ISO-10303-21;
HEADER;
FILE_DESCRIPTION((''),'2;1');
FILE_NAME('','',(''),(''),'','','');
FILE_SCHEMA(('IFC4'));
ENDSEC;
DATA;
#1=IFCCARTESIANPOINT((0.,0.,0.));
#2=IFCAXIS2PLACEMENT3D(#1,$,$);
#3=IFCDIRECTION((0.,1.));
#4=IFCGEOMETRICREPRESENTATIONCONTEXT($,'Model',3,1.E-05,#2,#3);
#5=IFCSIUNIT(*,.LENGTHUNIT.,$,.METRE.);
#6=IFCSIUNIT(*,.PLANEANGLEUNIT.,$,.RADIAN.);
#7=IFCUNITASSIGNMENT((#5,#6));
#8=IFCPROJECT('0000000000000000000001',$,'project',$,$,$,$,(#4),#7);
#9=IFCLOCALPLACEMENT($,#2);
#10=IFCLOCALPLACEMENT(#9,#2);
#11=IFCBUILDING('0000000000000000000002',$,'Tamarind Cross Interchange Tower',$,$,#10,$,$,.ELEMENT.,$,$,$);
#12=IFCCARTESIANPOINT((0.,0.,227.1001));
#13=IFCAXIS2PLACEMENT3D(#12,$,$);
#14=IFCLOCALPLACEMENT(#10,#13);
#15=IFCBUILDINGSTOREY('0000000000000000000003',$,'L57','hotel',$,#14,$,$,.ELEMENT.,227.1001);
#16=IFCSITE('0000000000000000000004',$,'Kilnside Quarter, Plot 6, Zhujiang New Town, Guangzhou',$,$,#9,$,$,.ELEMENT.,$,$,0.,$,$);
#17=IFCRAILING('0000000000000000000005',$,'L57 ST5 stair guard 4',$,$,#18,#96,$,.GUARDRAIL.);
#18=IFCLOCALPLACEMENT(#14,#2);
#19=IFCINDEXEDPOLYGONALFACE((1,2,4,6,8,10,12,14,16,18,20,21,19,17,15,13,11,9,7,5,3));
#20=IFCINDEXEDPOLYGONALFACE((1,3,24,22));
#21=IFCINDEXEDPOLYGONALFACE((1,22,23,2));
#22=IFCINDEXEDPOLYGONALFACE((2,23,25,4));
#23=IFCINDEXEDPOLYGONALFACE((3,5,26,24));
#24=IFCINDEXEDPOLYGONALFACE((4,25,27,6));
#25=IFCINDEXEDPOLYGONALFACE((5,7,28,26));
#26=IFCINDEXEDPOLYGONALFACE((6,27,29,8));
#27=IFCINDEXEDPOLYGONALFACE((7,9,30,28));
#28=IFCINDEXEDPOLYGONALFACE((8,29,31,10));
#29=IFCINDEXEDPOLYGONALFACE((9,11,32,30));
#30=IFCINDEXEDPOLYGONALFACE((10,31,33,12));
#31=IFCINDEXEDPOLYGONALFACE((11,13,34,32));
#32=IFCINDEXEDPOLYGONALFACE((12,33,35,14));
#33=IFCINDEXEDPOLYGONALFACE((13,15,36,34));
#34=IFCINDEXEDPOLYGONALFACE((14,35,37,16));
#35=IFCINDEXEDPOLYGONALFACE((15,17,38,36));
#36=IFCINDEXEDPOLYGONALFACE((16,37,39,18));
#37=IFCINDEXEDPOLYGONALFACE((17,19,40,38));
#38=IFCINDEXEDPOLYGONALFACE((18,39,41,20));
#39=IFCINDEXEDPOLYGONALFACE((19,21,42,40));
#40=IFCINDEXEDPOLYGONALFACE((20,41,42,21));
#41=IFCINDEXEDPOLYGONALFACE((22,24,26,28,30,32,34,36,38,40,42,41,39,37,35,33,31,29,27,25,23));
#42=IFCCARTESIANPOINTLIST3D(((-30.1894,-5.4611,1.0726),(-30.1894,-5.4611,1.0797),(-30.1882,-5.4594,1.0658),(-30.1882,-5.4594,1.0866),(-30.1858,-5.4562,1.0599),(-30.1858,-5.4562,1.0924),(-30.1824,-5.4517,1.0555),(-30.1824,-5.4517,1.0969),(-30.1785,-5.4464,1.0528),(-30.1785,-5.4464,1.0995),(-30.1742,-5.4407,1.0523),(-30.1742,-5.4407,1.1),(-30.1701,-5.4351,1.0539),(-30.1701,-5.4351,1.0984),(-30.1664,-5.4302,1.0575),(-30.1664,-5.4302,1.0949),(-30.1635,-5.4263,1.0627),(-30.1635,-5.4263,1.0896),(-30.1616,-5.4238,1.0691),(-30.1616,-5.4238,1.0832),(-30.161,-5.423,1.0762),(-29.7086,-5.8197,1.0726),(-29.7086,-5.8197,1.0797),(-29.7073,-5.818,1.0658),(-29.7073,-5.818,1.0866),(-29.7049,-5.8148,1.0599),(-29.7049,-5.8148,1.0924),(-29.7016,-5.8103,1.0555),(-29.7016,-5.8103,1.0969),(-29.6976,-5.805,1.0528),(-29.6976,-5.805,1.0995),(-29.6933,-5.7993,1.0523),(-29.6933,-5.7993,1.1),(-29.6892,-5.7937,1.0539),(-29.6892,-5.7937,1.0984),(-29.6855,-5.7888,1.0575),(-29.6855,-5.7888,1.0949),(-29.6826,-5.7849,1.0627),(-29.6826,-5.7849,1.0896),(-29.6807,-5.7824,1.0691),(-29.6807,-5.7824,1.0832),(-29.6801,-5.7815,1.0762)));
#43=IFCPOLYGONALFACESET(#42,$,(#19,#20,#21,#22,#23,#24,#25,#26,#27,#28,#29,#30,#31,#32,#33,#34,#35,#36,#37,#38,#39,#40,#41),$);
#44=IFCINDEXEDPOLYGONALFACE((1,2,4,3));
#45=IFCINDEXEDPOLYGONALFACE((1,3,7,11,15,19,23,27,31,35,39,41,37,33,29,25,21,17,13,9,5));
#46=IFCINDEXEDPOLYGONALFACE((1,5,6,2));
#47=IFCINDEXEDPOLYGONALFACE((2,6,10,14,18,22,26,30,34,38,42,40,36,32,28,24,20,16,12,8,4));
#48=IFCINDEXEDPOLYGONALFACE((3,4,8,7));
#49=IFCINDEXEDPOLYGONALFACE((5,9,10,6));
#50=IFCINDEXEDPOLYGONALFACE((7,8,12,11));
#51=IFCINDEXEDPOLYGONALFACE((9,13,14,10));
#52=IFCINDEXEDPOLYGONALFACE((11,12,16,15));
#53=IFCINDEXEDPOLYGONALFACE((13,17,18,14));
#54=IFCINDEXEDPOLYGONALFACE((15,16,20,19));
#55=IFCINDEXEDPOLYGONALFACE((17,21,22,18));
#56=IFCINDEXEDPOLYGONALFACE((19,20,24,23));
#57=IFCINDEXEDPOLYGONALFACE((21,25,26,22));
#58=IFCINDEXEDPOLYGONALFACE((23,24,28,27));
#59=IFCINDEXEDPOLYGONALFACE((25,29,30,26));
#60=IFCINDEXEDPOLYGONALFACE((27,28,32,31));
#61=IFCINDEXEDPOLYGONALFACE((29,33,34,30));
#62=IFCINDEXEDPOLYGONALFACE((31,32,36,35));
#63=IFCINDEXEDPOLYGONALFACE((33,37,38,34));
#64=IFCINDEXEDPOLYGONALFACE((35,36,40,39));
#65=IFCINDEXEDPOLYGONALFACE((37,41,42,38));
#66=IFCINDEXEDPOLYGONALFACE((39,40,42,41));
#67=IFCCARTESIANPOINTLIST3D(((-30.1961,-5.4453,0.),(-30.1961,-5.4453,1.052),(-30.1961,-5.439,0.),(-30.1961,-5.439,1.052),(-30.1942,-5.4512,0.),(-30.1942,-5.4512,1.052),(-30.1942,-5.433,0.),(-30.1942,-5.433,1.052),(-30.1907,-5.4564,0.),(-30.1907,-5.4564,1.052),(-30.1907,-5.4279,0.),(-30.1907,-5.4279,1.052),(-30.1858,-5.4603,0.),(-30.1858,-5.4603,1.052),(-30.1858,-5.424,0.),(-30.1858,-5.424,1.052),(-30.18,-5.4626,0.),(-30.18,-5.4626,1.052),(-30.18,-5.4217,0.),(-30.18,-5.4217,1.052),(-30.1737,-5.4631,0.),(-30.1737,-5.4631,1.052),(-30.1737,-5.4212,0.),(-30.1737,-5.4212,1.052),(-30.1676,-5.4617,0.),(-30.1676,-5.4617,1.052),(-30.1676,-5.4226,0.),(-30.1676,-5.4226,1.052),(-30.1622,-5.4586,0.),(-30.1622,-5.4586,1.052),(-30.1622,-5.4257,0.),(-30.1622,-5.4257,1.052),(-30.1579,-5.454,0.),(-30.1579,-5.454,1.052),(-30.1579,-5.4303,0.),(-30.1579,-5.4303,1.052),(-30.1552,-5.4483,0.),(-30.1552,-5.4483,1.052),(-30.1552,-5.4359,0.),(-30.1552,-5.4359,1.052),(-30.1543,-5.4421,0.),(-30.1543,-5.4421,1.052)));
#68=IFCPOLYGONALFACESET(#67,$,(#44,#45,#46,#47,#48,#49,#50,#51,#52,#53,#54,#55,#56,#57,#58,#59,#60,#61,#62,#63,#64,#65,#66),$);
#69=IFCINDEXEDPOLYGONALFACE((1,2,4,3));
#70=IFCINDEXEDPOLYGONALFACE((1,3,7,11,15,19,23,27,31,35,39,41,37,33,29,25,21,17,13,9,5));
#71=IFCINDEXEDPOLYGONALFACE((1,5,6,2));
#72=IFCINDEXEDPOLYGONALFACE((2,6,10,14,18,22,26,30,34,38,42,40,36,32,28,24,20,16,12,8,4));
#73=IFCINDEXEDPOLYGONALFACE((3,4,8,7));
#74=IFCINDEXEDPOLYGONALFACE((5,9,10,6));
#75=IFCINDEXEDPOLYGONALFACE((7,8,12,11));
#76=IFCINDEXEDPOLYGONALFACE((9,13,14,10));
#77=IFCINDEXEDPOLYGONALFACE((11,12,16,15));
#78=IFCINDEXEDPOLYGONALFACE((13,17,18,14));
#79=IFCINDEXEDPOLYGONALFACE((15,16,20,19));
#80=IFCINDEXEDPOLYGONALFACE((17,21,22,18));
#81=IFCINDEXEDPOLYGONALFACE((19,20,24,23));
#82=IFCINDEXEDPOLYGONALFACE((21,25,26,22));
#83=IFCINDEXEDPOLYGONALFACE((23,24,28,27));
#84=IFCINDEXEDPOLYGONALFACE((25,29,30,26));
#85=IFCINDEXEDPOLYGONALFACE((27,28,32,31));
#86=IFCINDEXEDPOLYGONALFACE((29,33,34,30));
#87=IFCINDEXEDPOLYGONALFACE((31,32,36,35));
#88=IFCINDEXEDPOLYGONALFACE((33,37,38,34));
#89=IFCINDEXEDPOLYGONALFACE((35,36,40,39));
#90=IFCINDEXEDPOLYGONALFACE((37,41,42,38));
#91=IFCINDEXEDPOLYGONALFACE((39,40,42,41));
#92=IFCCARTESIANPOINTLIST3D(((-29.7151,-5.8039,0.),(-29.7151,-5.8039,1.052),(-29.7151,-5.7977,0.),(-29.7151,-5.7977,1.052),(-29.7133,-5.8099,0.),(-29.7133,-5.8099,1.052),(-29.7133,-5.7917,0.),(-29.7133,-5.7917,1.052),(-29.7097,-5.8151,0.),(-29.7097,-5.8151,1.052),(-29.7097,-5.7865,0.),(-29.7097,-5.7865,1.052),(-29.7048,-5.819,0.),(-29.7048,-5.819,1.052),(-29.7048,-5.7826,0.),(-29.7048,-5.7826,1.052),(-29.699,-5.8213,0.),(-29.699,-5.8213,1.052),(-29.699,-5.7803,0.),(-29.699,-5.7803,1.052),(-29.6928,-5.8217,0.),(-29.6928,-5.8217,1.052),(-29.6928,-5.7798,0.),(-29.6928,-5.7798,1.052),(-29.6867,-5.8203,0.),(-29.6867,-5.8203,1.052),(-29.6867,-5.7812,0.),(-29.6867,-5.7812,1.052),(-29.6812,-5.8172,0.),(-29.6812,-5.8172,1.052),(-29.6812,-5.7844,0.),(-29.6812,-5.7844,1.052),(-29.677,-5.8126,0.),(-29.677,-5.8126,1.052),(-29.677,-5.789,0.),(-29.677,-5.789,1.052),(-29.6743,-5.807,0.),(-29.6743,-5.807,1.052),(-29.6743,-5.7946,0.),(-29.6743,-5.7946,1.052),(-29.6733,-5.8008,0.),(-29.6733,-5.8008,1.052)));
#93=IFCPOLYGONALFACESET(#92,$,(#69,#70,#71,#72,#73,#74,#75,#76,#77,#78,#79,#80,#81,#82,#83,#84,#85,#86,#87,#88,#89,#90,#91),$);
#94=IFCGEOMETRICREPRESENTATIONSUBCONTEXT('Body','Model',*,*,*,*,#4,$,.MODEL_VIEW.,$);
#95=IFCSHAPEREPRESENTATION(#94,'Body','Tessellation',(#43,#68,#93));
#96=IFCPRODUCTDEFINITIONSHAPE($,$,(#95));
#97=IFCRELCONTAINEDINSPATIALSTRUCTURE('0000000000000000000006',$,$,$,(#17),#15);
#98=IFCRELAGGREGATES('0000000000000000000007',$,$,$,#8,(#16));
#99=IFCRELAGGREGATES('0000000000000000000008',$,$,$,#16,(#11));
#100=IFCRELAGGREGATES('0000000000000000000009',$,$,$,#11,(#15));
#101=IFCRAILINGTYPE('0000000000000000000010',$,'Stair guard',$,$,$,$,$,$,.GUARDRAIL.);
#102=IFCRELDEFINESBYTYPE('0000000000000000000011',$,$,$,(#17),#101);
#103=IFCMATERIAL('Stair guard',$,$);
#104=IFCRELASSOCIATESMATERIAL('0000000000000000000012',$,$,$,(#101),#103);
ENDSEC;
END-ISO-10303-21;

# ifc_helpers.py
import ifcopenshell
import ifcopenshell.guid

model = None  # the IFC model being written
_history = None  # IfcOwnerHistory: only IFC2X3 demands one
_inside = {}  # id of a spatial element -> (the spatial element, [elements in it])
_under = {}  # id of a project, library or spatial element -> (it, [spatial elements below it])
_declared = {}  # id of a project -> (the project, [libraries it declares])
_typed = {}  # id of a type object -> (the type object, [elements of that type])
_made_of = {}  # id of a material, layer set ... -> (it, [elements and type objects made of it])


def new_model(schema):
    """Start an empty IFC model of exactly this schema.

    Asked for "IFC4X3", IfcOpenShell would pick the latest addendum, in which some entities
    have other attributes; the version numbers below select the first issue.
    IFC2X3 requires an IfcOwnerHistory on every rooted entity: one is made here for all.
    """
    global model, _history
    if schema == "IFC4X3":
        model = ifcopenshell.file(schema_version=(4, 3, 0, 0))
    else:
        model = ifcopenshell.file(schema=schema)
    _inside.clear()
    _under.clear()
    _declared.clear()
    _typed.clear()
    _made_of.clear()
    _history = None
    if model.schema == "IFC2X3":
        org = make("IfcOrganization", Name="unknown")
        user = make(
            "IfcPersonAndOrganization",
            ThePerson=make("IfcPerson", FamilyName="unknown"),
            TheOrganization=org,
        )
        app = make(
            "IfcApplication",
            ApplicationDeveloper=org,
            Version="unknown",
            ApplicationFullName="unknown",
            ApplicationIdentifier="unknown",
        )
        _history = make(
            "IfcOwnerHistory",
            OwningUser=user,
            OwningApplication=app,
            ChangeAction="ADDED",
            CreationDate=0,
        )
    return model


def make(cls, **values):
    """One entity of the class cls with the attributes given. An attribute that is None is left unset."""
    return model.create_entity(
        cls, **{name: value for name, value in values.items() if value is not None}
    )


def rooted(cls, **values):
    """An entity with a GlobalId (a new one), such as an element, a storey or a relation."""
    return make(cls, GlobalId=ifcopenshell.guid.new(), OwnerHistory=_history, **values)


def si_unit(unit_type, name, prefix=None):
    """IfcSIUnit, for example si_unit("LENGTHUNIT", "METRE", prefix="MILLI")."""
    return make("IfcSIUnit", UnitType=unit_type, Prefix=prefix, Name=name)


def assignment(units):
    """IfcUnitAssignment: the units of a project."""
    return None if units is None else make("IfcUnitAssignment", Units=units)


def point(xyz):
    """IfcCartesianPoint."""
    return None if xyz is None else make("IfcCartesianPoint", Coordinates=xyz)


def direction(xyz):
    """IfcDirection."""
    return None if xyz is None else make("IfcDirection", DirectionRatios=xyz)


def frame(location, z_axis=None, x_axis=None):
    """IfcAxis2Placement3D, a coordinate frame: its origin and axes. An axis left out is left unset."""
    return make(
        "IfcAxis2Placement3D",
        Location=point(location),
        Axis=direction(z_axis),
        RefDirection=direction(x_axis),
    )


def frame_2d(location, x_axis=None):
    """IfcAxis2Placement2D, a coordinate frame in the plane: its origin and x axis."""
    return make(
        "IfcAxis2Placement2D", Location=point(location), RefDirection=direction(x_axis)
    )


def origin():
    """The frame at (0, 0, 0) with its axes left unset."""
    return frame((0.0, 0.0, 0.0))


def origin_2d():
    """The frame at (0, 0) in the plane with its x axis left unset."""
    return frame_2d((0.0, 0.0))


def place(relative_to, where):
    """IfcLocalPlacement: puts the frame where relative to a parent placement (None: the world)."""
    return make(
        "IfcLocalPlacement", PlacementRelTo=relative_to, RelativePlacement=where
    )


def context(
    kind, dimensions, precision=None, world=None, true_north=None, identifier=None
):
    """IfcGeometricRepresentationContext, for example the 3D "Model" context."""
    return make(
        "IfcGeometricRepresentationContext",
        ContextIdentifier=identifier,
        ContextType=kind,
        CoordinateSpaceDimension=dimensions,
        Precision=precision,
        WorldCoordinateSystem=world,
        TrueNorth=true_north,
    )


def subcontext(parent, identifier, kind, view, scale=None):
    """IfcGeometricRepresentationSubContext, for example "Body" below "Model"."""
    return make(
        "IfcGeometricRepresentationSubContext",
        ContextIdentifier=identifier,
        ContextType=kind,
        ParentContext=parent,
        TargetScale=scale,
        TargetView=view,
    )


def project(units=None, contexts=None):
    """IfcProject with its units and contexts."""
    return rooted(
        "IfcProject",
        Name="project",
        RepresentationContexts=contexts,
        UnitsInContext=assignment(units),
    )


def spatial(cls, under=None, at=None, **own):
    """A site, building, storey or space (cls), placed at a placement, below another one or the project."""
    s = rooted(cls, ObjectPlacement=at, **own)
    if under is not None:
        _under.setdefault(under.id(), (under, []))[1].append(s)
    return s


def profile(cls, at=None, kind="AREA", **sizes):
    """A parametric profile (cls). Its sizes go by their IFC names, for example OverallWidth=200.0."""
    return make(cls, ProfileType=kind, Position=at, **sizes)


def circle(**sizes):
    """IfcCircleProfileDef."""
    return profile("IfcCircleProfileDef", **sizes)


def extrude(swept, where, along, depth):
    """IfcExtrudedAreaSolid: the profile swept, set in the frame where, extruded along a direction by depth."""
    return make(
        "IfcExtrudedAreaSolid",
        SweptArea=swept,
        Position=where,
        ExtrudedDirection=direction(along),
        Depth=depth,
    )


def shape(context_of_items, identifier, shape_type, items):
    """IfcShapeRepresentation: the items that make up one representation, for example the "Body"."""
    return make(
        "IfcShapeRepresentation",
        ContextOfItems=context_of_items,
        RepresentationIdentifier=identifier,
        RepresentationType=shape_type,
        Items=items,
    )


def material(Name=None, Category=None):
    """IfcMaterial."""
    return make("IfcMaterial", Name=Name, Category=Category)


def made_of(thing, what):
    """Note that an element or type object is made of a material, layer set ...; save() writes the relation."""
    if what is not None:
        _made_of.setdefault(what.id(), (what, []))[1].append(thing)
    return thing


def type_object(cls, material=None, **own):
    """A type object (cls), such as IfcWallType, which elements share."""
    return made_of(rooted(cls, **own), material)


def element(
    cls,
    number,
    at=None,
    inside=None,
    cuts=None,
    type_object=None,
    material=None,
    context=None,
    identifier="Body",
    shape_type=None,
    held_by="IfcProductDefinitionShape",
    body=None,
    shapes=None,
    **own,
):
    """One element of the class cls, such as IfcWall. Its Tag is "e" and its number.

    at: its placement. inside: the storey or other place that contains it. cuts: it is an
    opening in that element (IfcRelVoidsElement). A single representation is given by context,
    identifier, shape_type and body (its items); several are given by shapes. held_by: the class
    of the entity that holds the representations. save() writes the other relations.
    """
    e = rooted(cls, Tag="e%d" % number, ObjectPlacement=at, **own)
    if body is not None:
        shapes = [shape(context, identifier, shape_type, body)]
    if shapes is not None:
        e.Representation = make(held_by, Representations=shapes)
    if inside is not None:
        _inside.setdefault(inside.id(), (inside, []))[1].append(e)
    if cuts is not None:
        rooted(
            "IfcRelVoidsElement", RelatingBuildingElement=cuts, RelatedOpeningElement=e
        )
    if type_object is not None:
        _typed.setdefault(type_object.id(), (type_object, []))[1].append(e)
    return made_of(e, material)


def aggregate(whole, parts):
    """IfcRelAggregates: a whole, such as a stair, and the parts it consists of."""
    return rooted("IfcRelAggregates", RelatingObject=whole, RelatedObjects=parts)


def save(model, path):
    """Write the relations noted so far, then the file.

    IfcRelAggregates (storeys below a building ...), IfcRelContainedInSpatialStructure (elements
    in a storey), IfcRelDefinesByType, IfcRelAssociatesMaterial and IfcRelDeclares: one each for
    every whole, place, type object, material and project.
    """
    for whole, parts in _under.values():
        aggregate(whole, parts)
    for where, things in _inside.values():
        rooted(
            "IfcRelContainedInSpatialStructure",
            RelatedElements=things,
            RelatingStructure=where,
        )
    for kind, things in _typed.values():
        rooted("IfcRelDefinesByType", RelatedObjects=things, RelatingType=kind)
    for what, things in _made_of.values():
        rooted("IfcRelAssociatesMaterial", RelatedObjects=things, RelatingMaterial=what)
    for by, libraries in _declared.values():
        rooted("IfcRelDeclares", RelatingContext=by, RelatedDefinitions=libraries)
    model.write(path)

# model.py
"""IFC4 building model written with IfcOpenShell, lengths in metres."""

from ifc_helpers import new_model, si_unit, direction, frame, origin, origin_2d, place, context, subcontext, project, spatial, circle, extrude, material, type_object, element, save


model = new_model("IFC4")

# Units and contexts
model_context = context("Model", 3, precision=1e-05, world=origin(), true_north=direction((0.0, 1.0)))
body_context = subcontext(model_context, "Body", "Model", "MODEL_VIEW")
ifc_project = project(units=[si_unit("LENGTHUNIT", "METRE"), si_unit("PLANEANGLEUNIT", "RADIAN")], contexts=[model_context])

# Site, building, storey
site_placement = place(None, origin())
site = spatial("IfcSite", under=ifc_project, at=site_placement, Name="Kilnside Quarter, Plot 6, Zhujiang New Town, Guangzhou", CompositionType="ELEMENT", RefElevation=0.0)
building_placement = place(site_placement, origin())
building = spatial("IfcBuilding", under=site, at=building_placement, Name="Tamarind Cross Interchange Tower", CompositionType="ELEMENT")
storey_placement = place(building_placement, frame((0.0, 0.0, 227.1001)))
storey = spatial("IfcBuildingStorey", under=building, at=storey_placement, Name="L57", Description="hotel", CompositionType="ELEMENT", Elevation=227.1001)

# Railing
ifc_material_1 = material(Name="Stair guard")
railing_type_1 = type_object("IfcRailingType", Name="Stair guard", PredefinedType="GUARDRAIL", material=ifc_material_1)
railing_1_placement = place(storey_placement, frame((-30.1753, -5.4421, 0.0)))
element("IfcRailing", 1, at=railing_1_placement, inside=storey, type_object=railing_type_1, Name="L57 ST5 stair guard 4", PredefinedType="GUARDRAIL", context=body_context, shape_type="SweptSolid", body=[
    extrude(circle(Radius=0.0239, at=origin_2d()), frame((0.0, 0.0, 1.0762), z_axis=(0.801657, -0.597784, 0.0), x_axis=(0.597784, 0.801657, 0.0)), (0.0, 0.0, 1.0), 0.5999),
    extrude(circle(Radius=0.021, at=origin_2d()), origin(), (0.0, 0.0, 1.0), 1.052),
    extrude(circle(Radius=0.021, at=origin_2d()), frame((0.481, -0.3586, 0.0)), (0.0, 0.0, 1.0), 1.052),
])

save(model, "model.ifc")
